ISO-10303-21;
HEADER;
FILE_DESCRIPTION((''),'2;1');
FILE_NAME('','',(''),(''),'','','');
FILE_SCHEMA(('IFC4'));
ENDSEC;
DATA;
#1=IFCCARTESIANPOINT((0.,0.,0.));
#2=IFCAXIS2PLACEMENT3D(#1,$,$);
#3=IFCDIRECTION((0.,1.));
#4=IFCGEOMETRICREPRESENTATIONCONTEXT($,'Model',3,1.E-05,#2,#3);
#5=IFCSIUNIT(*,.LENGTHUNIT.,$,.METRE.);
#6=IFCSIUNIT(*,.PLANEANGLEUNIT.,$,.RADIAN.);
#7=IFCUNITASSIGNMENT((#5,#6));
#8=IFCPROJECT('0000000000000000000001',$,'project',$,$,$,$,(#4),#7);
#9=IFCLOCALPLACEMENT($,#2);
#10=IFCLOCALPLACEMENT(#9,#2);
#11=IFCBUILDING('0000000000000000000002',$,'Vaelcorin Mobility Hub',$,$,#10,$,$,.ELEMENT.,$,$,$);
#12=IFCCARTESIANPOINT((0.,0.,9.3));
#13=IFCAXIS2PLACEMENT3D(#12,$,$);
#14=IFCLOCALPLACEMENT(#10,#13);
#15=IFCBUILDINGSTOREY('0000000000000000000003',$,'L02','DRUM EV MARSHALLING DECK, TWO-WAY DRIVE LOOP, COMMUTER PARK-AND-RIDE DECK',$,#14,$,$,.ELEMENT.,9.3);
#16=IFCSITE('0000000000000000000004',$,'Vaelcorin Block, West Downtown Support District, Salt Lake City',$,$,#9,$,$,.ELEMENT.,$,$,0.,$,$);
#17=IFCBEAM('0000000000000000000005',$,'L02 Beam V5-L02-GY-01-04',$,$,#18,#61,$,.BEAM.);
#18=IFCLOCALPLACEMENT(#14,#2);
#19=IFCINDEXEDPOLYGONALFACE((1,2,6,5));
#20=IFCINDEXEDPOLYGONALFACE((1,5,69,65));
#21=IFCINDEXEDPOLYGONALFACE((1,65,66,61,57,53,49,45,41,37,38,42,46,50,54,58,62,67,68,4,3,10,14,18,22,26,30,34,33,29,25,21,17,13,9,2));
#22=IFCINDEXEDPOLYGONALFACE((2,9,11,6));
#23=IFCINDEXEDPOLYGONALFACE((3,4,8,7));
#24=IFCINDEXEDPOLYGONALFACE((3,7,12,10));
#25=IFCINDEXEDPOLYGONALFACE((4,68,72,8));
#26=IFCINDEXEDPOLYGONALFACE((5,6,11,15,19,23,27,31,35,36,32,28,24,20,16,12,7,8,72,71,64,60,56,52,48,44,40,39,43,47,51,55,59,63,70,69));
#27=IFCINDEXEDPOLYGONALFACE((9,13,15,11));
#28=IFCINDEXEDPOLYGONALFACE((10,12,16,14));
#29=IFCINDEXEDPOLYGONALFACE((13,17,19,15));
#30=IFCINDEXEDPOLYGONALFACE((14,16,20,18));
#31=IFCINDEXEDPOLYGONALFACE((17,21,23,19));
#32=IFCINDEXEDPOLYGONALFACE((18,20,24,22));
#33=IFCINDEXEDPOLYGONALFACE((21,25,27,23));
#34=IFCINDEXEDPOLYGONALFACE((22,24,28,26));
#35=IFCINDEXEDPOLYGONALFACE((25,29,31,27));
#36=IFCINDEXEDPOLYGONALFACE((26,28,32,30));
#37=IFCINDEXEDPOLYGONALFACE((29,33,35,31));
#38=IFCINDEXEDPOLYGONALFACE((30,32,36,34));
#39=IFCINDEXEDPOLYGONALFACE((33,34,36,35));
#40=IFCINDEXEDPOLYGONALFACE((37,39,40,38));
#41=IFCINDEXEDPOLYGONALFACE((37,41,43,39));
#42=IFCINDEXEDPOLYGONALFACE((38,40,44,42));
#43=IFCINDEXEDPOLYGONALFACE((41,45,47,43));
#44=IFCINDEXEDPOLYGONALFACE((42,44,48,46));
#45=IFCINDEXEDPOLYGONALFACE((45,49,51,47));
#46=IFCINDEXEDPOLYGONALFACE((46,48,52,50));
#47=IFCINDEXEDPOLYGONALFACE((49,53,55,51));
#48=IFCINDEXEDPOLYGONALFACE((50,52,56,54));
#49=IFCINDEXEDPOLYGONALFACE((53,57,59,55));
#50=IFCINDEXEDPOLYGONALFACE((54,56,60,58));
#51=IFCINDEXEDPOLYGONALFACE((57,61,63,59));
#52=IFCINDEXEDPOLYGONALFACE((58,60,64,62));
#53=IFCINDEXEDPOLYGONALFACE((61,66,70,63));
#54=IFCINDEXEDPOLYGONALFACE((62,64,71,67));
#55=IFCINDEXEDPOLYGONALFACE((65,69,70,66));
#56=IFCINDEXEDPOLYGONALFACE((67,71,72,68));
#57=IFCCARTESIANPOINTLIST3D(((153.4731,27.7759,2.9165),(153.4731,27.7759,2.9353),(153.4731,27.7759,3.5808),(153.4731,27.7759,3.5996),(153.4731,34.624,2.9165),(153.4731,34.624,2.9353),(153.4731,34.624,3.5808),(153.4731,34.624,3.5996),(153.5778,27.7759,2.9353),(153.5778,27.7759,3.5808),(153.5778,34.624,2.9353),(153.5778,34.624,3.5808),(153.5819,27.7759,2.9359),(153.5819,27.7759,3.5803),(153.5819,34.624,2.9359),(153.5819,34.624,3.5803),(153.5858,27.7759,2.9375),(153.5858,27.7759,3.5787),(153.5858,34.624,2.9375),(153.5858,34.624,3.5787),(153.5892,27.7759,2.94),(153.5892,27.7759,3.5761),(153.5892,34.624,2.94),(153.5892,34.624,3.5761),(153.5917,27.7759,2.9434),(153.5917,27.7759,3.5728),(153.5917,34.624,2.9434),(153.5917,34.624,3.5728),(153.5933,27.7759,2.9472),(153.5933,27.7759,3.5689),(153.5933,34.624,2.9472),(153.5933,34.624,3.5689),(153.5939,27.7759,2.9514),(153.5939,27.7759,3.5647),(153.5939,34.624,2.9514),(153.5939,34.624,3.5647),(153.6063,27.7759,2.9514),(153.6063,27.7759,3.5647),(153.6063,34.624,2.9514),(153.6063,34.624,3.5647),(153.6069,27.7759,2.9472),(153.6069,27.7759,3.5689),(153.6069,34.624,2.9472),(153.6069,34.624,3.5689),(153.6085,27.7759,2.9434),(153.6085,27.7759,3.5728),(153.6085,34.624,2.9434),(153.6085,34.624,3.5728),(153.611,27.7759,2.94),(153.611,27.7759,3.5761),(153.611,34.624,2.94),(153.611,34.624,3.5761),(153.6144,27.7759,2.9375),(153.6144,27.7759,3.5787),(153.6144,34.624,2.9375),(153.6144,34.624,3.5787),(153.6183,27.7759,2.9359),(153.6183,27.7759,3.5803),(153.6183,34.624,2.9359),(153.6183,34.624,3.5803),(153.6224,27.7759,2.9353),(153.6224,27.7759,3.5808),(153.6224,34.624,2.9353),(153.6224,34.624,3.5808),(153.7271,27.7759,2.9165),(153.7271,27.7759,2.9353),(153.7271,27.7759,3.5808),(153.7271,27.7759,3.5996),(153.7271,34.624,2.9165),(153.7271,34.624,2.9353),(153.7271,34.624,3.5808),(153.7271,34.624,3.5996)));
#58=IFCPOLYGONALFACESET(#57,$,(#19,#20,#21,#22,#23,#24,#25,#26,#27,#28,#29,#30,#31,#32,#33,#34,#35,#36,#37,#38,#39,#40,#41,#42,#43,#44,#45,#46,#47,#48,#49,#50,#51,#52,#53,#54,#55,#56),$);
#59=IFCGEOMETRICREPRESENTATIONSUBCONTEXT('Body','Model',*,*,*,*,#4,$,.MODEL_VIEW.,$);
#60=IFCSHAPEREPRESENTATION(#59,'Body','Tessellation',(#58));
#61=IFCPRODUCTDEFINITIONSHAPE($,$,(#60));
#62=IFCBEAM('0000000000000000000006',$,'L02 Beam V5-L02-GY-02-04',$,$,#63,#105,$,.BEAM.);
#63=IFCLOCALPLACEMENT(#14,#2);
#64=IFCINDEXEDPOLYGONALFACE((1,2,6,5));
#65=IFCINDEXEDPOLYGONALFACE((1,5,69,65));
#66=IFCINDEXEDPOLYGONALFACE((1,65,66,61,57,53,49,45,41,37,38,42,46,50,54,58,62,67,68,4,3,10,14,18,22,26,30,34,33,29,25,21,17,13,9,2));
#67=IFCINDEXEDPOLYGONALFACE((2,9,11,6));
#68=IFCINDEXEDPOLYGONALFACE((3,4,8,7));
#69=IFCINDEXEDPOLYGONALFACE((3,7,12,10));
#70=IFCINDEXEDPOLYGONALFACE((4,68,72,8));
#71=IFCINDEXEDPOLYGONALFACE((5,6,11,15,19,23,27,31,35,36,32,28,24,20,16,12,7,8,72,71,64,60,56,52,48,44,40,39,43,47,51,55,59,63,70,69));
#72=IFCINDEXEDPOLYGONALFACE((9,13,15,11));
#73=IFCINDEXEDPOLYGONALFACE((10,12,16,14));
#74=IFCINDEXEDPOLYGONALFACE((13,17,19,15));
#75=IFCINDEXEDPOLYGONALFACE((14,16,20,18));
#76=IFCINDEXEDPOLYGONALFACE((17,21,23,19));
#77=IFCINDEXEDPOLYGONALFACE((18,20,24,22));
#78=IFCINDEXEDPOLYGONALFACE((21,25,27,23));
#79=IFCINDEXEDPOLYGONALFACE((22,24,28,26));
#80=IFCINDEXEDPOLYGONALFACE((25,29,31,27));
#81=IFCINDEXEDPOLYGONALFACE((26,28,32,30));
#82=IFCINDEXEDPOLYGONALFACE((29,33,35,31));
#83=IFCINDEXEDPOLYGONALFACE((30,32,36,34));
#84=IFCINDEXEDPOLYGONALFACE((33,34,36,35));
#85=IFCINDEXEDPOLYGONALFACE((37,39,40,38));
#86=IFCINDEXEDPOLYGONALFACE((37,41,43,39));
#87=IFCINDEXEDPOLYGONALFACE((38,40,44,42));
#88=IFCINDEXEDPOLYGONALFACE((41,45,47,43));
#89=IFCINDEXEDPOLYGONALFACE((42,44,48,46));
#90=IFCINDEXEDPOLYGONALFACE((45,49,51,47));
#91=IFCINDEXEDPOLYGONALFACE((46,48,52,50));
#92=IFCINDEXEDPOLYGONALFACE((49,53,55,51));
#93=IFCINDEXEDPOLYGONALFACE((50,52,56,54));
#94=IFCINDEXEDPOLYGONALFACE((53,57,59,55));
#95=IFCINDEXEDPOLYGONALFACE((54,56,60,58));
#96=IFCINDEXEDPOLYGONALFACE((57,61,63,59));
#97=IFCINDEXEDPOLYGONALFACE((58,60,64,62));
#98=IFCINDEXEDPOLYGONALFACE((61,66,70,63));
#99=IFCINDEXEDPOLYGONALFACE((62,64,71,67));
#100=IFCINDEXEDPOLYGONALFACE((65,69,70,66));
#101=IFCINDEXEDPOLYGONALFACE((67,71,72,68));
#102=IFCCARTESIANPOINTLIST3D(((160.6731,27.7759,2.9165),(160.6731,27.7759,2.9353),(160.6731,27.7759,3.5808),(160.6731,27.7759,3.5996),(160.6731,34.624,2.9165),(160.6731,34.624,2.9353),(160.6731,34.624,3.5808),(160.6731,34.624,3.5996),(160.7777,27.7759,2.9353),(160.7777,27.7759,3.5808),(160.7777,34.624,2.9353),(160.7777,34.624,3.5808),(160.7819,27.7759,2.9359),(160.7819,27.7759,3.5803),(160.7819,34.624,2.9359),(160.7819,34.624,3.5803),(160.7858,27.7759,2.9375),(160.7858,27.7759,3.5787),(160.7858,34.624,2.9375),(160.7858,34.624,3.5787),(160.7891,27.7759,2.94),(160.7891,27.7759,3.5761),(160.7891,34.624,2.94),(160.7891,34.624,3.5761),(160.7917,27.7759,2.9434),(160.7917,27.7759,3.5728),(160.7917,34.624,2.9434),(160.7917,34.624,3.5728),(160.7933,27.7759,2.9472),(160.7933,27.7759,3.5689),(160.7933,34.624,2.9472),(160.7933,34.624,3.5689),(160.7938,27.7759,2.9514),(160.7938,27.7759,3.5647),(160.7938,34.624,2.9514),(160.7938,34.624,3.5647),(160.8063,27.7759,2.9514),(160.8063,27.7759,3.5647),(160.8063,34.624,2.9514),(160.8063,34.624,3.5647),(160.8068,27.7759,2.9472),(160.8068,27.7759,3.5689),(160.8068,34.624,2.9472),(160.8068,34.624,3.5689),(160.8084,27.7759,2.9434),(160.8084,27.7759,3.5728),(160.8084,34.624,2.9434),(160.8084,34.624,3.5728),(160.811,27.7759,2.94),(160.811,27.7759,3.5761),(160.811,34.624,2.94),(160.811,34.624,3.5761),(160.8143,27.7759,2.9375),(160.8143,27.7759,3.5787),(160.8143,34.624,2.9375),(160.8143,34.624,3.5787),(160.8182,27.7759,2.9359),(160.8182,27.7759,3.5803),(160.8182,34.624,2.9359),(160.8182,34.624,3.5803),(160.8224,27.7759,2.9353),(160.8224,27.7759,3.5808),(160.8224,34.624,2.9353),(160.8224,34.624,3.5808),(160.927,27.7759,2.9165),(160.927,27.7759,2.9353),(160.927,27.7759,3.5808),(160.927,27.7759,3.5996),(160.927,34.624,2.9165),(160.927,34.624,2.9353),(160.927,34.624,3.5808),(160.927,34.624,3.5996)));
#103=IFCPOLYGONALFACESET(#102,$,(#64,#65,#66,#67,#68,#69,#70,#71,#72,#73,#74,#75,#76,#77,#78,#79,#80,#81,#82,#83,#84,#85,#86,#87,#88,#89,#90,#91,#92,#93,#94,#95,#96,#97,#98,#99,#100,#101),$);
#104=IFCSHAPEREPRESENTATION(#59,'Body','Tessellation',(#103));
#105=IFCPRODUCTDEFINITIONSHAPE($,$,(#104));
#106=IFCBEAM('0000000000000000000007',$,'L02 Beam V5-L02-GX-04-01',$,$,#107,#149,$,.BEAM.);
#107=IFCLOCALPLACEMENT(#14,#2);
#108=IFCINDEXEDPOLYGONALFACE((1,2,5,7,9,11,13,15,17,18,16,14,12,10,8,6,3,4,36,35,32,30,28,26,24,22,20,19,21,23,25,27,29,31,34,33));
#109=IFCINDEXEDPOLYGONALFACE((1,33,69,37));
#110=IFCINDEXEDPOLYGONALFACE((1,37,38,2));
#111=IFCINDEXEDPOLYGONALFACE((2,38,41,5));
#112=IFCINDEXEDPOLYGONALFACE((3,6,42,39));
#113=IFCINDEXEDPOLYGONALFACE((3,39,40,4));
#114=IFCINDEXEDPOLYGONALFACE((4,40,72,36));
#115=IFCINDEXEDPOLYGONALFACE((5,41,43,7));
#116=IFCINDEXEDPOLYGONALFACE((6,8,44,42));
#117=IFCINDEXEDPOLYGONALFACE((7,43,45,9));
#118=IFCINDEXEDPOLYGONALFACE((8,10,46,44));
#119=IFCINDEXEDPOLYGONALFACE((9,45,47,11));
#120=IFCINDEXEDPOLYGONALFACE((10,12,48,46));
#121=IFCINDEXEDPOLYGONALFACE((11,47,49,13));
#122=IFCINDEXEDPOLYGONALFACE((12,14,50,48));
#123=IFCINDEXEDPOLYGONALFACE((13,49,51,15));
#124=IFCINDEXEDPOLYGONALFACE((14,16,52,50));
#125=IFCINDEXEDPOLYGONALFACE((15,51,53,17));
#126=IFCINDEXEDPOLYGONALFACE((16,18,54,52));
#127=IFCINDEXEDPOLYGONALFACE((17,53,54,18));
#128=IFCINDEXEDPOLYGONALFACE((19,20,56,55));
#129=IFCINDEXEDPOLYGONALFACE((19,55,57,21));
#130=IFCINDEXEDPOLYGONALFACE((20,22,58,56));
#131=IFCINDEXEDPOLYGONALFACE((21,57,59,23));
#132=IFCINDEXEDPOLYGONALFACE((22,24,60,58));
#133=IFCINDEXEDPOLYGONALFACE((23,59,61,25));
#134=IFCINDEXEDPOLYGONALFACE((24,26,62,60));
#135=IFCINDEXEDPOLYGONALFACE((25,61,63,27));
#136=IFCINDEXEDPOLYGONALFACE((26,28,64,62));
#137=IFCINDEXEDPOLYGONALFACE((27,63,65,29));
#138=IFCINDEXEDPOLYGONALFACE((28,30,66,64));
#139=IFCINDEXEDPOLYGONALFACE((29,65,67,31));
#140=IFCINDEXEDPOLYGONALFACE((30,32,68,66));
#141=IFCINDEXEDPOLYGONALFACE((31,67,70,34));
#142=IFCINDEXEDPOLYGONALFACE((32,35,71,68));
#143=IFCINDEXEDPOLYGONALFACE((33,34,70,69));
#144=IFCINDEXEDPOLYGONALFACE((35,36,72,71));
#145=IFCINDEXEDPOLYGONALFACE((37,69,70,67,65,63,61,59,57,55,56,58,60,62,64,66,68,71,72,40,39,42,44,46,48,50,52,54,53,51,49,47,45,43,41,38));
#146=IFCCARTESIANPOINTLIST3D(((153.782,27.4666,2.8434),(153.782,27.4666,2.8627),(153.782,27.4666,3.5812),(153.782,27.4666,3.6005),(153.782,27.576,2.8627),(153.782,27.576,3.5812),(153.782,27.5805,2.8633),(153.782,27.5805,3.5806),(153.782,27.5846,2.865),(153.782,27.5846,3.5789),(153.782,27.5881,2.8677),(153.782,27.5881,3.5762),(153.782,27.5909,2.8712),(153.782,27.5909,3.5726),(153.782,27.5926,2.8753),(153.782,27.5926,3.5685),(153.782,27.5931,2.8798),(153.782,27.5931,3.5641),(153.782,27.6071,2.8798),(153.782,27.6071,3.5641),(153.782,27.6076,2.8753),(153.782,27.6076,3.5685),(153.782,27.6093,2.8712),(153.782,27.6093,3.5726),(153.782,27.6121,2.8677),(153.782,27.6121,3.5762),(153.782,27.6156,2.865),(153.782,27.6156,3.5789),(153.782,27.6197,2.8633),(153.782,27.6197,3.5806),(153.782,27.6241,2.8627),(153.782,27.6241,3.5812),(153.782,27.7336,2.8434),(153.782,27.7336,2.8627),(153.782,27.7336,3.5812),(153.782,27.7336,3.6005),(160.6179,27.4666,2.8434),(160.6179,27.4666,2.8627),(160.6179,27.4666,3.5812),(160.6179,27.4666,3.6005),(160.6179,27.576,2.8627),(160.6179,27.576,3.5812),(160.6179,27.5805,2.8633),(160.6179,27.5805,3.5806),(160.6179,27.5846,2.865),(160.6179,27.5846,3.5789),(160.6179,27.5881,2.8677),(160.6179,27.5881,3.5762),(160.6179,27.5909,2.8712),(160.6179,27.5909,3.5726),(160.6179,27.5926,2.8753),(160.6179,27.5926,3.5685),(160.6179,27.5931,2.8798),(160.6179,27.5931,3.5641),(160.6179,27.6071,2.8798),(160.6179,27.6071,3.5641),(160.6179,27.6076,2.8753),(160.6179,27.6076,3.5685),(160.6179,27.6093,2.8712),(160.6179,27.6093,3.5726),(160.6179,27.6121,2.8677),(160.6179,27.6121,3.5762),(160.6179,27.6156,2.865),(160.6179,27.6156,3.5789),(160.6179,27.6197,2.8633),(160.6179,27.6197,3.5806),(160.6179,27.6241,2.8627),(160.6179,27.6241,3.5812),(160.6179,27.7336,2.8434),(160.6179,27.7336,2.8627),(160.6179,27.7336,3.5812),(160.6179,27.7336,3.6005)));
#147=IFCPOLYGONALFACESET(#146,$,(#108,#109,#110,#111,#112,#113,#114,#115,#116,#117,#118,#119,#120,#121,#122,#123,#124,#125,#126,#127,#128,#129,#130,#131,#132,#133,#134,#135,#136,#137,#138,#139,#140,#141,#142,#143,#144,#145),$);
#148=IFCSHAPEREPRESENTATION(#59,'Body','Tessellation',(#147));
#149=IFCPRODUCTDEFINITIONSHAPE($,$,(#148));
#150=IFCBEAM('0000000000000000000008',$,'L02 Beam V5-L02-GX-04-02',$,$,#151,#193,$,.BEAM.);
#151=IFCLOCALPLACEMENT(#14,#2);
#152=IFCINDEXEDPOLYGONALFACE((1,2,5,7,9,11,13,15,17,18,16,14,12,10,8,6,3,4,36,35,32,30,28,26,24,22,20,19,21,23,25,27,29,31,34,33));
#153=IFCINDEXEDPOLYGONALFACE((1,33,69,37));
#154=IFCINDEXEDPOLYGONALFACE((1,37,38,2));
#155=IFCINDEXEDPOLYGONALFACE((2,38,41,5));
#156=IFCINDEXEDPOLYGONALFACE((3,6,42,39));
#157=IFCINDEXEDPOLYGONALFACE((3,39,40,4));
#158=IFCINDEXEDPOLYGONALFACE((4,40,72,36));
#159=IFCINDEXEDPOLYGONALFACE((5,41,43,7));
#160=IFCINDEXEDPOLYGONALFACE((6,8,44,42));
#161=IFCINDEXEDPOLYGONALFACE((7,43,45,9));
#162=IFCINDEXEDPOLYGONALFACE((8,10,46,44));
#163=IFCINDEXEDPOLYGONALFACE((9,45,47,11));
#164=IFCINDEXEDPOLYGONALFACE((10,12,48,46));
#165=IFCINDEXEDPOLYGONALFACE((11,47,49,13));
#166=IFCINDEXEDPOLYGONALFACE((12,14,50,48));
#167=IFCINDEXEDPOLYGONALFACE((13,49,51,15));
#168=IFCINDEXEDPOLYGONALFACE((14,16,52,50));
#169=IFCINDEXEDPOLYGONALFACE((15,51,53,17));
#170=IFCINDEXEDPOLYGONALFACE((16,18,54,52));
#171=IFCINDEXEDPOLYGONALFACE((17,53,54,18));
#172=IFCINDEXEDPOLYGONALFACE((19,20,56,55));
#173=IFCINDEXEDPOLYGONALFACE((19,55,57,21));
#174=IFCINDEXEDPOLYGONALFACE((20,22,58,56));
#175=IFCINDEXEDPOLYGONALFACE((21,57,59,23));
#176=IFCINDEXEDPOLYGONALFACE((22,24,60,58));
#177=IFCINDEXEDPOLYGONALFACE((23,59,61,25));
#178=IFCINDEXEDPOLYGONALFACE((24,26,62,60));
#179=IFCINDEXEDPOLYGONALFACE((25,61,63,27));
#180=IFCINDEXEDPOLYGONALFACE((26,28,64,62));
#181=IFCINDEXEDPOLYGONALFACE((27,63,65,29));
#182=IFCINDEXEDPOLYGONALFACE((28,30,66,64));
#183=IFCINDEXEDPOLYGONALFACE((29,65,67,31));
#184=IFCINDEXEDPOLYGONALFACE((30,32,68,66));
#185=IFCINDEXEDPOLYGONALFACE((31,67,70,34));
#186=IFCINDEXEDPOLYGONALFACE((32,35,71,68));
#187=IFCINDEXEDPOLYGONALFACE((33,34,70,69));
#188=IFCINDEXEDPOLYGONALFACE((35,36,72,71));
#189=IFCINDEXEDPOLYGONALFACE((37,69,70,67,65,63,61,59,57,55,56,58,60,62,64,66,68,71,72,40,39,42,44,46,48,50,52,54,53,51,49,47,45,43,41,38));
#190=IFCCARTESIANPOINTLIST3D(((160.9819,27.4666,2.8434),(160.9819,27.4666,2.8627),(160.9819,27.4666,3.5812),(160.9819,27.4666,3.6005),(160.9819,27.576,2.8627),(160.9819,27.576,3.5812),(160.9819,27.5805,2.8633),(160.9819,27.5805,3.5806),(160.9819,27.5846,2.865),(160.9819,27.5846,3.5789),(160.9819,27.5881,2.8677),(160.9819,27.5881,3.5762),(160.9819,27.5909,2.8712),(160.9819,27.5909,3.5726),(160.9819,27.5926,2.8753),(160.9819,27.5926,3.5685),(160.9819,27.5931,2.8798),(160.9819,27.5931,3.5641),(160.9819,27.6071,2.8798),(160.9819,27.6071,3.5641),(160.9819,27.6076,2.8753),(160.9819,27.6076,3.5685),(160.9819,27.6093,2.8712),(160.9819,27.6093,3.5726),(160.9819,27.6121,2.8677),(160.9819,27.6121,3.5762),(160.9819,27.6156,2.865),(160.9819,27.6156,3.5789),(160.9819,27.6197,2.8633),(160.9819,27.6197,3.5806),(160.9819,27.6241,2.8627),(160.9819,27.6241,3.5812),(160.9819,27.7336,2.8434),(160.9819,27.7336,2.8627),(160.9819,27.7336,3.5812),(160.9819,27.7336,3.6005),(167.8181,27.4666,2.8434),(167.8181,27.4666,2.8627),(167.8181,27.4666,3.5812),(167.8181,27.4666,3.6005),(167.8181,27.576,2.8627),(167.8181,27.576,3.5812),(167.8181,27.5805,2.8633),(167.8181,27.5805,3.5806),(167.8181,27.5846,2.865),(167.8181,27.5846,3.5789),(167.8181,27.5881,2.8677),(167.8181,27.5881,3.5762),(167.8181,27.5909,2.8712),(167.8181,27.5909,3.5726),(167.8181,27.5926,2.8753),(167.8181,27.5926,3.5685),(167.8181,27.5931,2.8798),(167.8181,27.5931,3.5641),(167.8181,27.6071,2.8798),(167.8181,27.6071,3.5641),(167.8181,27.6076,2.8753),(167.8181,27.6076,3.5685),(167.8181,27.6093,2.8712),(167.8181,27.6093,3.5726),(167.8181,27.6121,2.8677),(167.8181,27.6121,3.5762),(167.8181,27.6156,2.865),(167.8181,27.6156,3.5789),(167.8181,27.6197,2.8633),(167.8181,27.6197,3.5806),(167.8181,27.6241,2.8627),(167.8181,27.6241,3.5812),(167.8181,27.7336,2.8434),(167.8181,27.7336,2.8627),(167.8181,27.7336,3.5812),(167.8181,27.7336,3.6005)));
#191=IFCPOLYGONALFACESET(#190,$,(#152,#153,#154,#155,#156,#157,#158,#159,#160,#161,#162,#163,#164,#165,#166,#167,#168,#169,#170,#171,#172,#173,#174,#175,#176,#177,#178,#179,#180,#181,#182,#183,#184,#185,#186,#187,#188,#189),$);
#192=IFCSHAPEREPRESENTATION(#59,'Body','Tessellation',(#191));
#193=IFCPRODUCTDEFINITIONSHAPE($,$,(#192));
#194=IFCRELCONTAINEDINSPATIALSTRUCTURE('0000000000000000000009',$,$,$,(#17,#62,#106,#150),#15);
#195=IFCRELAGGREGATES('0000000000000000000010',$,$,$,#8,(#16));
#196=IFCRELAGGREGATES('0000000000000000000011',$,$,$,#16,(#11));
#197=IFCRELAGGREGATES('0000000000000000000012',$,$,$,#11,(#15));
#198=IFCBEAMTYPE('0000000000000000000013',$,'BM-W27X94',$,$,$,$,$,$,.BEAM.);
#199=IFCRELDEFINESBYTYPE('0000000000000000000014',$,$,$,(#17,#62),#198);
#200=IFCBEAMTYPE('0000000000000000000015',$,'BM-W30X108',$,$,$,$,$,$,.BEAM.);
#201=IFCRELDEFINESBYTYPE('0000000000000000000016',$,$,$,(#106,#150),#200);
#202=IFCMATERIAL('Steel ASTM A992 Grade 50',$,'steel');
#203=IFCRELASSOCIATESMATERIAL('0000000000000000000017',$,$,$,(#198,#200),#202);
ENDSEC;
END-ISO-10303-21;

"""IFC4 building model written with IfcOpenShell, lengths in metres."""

from ifc_helpers import new_model, si_unit, direction, frame, origin, origin_2d, place, context, subcontext, project, spatial, i_section, extrude, material, material_profile, profile_set, type_object, element, save


model = new_model("IFC4")

# Units and contexts
model_context = context("Model", 3, precision=1e-05, world=origin(), true_north=direction((0.0, 1.0)))
body_context = subcontext(model_context, "Body", "Model", "MODEL_VIEW")
ifc_project = project(units=[si_unit("LENGTHUNIT", "METRE"), si_unit("PLANEANGLEUNIT", "RADIAN")], contexts=[model_context])

# Site, building, storey
site_placement = place(None, origin())
site = spatial("IfcSite", under=ifc_project, at=site_placement, Name="Vaelcorin Block, West Downtown Support District, Salt Lake City", CompositionType="ELEMENT", RefElevation=0.0)
building_placement = place(site_placement, origin())
building = spatial("IfcBuilding", under=site, at=building_placement, Name="Vaelcorin Mobility Hub", CompositionType="ELEMENT")
storey_placement = place(building_placement, frame((0.0, 0.0, 9.3)))
storey = spatial("IfcBuildingStorey", under=building, at=storey_placement, Name="L02", Description="DRUM EV MARSHALLING DECK, TWO-WAY DRIVE LOOP, COMMUTER PARK-AND-RIDE DECK", CompositionType="ELEMENT", Elevation=9.3)

# Shared definitions
ifc_material_1 = material(Name="Steel ASTM A992 Grade 50", Category="steel")

# Beams
ifc_material_profile_1 = material_profile(ifc_material_1, i_section(OverallWidth=0.2539, OverallDepth=0.6831, WebThickness=0.0125, FlangeThickness=0.0188, FilletRadius=0.0161, at=origin_2d()), Name="W27X94")
ifc_profile_set_1 = profile_set([ifc_material_profile_1], Name="Steel ASTM A992 Grade 50")
beam_type_1 = type_object("IfcBeamType", Name="BM-W27X94", PredefinedType="BEAM", material=ifc_profile_set_1)
for number, where, z_axis, x_axis, name in (
    (1, (153.6001, 27.7759, 3.2581), (0.0, 1.0, 0.0), (-1.0, 0.0, 0.0), "L02 Beam V5-L02-GY-01-04"),
    (2, (160.8, 27.7759, 3.2581), (0.0, 1.0, 0.0), (-1.0, 0.0, 0.0), "L02 Beam V5-L02-GY-02-04"),
):
    element("IfcBeam", number, at=place(storey_placement, frame(where, z_axis=z_axis, x_axis=x_axis)), inside=storey, type_object=beam_type_1, Name=name, PredefinedType="BEAM", context=body_context, shape_type="SweptSolid", body=[
        extrude(i_section(OverallWidth=0.2539, OverallDepth=0.6831, WebThickness=0.0125, FlangeThickness=0.0188, FilletRadius=0.0161, at=origin_2d()), origin(), (0.0, 0.0, 1.0), 6.8481),
    ])
ifc_material_profile_2 = material_profile(ifc_material_1, i_section(OverallWidth=0.2671, OverallDepth=0.7571, WebThickness=0.0139, FlangeThickness=0.0193, FilletRadius=0.0171, at=origin_2d()), Name="W30X108")
ifc_profile_set_2 = profile_set([ifc_material_profile_2], Name="Steel ASTM A992 Grade 50")
beam_type_2 = type_object("IfcBeamType", Name="BM-W30X108", PredefinedType="BEAM", material=ifc_profile_set_2)
beam_1_placement = place(storey_placement, frame((153.782, 27.6001, 3.2219), z_axis=(1.0, 0.0, 0.0), x_axis=(0.0, 1.0, 0.0)))
element("IfcBeam", 3, at=beam_1_placement, inside=storey, type_object=beam_type_2, Name="L02 Beam V5-L02-GX-04-01", PredefinedType="BEAM", context=body_context, shape_type="SweptSolid", body=[
    extrude(i_section(OverallWidth=0.2671, OverallDepth=0.7571, WebThickness=0.0139, FlangeThickness=0.0193, FilletRadius=0.0171, at=origin_2d()), origin(), (0.0, 0.0, 1.0), 6.8359),
])
beam_2_placement = place(storey_placement, frame((160.9819, 27.6001, 3.2219), z_axis=(1.0, 0.0, 0.0), x_axis=(0.0, 1.0, 0.0)))
element("IfcBeam", 4, at=beam_2_placement, inside=storey, type_object=beam_type_2, Name="L02 Beam V5-L02-GX-04-02", PredefinedType="BEAM", context=body_context, shape_type="SweptSolid", body=[
    extrude(i_section(OverallWidth=0.2671, OverallDepth=0.7571, WebThickness=0.0139, FlangeThickness=0.0193, FilletRadius=0.0171, at=origin_2d()), origin(), (0.0, 0.0, 1.0), 6.8362),
])

save(model, "model.ifc")
